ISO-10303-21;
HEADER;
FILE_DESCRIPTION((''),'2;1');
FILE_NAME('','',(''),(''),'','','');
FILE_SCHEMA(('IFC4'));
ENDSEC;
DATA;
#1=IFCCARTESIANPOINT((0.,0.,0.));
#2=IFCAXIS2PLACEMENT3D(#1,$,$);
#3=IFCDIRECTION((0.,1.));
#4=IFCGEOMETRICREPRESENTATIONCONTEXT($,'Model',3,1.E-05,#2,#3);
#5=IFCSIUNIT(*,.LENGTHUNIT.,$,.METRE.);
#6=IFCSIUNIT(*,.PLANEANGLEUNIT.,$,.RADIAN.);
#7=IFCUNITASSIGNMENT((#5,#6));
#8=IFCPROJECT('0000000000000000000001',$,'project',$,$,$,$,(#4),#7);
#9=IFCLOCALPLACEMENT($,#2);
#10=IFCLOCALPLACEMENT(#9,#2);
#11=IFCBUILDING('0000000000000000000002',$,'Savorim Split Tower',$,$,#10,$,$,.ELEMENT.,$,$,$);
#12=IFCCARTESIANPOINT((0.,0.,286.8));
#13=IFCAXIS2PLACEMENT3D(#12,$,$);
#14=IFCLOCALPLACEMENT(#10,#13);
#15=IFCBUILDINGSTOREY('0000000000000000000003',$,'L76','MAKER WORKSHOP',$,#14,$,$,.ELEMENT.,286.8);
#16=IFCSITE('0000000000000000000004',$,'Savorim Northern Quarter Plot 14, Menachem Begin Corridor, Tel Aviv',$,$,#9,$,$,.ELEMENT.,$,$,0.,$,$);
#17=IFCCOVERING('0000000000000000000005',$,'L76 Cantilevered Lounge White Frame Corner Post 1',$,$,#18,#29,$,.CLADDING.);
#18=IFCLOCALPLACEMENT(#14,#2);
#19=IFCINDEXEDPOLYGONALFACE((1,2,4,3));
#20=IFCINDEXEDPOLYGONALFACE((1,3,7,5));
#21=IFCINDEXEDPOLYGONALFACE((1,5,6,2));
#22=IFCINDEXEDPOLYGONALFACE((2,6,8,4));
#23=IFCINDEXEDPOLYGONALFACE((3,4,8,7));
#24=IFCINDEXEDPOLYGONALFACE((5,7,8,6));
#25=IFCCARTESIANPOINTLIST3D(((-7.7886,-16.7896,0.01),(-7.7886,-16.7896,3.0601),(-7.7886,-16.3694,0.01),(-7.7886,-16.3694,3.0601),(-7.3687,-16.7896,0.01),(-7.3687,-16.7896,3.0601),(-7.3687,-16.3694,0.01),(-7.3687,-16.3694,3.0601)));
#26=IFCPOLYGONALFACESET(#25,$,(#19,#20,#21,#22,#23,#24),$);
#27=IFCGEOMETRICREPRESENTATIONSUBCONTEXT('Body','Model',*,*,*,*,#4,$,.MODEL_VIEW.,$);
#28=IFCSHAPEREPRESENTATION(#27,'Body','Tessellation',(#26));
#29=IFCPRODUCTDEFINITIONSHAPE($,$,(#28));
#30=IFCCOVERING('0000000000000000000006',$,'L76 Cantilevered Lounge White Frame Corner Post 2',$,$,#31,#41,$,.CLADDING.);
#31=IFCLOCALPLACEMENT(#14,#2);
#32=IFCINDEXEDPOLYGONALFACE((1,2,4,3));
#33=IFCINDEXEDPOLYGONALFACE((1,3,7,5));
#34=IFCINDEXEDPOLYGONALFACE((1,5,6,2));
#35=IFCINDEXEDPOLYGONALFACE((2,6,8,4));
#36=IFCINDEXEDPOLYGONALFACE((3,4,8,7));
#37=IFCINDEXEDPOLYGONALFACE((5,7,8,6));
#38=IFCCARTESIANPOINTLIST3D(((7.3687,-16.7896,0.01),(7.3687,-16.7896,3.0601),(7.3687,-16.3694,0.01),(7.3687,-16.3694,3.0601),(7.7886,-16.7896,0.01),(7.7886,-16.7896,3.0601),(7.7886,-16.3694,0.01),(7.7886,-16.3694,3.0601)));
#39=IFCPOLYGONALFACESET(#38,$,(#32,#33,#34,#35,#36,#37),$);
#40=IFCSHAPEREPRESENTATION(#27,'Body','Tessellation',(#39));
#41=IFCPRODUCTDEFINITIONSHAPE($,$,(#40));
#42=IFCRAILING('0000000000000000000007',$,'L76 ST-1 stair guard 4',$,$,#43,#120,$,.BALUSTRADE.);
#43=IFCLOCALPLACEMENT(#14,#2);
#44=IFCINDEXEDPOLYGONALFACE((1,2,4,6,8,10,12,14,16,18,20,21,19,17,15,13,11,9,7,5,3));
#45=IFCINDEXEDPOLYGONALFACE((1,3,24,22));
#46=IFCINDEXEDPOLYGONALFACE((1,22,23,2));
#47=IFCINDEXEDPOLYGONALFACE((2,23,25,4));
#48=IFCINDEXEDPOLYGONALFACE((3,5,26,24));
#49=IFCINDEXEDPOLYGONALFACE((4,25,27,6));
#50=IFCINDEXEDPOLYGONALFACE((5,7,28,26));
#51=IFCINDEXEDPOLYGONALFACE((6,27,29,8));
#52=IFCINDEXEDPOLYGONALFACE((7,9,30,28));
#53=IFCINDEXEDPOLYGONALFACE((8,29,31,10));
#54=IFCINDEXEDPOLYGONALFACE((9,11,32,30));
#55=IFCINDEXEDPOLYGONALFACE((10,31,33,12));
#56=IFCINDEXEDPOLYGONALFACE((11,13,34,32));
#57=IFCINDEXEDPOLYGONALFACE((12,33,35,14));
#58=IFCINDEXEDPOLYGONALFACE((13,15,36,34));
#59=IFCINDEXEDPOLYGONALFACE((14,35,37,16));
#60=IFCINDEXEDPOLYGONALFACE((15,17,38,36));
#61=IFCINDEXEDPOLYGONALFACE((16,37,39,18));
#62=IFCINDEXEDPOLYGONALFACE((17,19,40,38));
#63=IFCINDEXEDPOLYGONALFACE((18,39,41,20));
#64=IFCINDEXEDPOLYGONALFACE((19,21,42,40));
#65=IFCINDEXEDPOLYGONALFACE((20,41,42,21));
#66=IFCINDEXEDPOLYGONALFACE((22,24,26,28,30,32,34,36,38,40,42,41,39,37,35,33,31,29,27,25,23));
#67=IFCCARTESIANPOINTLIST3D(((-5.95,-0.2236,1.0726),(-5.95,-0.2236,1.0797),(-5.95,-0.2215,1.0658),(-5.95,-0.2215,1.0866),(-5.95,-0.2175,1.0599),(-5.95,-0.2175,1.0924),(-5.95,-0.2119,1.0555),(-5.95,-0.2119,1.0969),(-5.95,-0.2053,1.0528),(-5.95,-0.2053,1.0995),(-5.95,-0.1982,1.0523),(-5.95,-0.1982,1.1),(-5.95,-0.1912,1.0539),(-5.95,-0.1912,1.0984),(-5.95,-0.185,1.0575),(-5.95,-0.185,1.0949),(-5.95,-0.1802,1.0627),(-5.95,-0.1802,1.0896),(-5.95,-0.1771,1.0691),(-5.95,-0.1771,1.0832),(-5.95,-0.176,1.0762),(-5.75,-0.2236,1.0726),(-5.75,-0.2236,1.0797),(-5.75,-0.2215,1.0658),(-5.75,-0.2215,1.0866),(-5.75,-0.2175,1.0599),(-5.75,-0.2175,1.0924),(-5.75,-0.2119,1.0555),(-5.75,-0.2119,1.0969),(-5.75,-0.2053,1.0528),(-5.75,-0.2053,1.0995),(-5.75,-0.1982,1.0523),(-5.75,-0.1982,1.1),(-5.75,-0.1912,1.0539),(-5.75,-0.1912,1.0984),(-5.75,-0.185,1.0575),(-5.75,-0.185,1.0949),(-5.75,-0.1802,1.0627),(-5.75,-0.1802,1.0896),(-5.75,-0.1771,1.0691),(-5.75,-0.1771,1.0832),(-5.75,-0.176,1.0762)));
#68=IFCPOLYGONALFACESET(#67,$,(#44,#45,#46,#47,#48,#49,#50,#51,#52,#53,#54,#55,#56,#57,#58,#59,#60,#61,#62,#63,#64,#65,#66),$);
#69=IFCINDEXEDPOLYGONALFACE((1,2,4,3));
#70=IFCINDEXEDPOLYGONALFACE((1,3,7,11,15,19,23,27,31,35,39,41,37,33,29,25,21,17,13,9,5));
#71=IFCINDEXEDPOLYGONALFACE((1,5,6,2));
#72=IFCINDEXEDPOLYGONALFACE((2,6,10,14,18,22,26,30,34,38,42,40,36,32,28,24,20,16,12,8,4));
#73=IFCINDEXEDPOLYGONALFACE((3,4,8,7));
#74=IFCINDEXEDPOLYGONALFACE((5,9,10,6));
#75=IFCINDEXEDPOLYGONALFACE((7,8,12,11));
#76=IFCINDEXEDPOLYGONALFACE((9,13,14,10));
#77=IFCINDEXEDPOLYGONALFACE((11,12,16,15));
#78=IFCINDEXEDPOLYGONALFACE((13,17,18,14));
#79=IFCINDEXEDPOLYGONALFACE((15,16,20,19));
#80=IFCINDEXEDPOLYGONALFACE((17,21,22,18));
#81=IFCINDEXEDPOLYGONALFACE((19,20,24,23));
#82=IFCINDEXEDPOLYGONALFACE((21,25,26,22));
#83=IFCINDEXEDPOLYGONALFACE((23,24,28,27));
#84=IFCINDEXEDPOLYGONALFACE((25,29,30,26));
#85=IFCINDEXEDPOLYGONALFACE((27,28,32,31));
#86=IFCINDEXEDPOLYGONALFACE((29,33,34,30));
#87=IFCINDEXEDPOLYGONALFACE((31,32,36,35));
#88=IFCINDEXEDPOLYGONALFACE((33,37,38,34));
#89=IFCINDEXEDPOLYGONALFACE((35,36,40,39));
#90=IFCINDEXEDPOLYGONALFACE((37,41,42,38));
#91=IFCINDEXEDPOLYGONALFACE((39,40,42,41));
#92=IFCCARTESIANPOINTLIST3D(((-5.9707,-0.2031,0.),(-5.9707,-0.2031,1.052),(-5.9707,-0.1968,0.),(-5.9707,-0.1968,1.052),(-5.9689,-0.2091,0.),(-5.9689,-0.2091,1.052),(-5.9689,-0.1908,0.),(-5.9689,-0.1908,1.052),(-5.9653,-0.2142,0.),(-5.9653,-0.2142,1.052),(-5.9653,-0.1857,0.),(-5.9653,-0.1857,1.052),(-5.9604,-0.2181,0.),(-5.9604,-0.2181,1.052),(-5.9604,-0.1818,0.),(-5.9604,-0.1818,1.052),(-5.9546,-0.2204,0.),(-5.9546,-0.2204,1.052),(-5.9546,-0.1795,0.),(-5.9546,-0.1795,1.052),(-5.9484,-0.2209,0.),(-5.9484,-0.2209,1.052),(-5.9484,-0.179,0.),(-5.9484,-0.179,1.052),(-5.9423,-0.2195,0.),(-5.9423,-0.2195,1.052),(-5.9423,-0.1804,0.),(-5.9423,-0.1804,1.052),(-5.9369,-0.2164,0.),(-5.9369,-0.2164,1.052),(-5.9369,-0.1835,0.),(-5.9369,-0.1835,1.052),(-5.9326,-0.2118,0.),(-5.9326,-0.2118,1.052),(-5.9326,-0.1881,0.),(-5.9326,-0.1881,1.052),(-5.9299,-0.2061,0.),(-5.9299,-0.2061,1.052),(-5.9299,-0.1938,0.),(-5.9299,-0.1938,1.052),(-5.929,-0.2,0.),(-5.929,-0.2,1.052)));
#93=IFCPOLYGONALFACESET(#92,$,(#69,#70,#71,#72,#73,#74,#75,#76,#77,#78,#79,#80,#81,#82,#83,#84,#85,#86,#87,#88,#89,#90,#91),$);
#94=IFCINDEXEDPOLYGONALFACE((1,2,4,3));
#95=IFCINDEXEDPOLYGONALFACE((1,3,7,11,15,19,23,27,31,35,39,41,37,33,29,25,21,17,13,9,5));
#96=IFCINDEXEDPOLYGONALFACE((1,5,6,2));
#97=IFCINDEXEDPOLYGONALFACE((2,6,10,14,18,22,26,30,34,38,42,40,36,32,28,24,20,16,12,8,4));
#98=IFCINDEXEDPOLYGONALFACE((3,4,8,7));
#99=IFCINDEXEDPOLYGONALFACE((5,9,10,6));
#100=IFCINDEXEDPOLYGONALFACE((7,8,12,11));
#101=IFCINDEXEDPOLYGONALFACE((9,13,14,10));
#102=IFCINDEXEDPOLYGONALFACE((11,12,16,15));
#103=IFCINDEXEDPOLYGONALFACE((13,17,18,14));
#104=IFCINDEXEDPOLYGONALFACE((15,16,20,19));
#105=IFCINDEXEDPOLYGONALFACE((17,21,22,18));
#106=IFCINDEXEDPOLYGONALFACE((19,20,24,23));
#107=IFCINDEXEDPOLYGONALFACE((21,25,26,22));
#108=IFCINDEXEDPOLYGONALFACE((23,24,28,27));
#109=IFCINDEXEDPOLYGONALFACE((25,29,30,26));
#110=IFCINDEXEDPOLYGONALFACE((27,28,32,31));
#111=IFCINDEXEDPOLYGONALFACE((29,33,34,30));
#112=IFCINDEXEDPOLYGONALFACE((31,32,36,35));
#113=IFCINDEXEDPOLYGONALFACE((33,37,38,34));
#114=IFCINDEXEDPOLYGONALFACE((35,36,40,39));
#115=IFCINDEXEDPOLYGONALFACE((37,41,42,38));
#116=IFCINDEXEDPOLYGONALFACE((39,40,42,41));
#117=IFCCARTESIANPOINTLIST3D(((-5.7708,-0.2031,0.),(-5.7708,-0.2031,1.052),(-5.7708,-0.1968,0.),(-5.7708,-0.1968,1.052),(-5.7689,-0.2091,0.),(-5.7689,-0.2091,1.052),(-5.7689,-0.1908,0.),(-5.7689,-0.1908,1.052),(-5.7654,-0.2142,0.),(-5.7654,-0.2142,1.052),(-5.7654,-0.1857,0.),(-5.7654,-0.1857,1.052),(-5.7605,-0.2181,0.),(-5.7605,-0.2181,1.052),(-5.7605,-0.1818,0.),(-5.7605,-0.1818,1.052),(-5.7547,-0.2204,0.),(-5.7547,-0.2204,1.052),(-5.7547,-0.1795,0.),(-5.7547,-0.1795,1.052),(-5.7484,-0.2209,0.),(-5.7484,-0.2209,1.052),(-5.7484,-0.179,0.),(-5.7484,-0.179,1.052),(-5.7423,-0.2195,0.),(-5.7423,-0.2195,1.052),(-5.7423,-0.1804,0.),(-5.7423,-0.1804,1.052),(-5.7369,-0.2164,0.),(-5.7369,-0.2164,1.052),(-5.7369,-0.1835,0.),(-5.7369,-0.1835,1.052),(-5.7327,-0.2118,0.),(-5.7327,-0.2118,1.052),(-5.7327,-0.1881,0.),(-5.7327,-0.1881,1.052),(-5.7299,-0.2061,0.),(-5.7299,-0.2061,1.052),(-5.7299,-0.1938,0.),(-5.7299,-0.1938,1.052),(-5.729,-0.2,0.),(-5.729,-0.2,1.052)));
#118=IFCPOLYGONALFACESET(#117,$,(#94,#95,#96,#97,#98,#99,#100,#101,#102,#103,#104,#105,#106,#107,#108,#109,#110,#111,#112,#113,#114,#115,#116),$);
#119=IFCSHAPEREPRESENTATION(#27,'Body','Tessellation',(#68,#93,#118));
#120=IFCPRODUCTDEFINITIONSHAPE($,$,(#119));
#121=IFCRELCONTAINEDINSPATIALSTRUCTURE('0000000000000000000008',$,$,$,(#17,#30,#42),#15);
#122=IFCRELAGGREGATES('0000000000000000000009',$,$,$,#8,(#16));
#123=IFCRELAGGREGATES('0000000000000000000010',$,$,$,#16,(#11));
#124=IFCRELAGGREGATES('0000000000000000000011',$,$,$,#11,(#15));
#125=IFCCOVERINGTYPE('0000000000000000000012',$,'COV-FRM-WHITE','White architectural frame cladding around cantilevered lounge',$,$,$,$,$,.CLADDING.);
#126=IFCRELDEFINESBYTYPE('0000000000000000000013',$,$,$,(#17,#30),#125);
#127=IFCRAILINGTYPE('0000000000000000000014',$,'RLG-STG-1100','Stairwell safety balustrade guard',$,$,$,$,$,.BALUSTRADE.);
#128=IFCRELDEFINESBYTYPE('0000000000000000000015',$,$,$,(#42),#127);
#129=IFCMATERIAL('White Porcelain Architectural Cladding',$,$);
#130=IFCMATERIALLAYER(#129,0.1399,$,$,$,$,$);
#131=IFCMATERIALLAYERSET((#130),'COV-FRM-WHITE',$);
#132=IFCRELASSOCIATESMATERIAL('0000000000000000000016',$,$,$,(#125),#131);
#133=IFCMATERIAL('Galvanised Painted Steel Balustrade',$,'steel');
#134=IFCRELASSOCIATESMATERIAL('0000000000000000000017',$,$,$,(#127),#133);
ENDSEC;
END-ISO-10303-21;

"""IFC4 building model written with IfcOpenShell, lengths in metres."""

from ifc_helpers import new_model, si_unit, direction, frame, origin, origin_2d, place, context, subcontext, project, spatial, polyline, circle, outline, extrude, material, layer, layer_set, type_object, element, save


model = new_model("IFC4")

# Units and contexts
model_context = context("Model", 3, precision=1e-05, world=origin(), true_north=direction((0.0, 1.0)))
body_context = subcontext(model_context, "Body", "Model", "MODEL_VIEW")
ifc_project = project(units=[si_unit("LENGTHUNIT", "METRE"), si_unit("PLANEANGLEUNIT", "RADIAN")], contexts=[model_context])

# Site, building, storey
site_placement = place(None, origin())
site = spatial("IfcSite", under=ifc_project, at=site_placement, Name="Savorim Northern Quarter Plot 14, Menachem Begin Corridor, Tel Aviv", CompositionType="ELEMENT", RefElevation=0.0)
building_placement = place(site_placement, origin())
building = spatial("IfcBuilding", under=site, at=building_placement, Name="Savorim Split Tower", CompositionType="ELEMENT")
storey_placement = place(building_placement, frame((0.0, 0.0, 286.8)))
storey = spatial("IfcBuildingStorey", under=building, at=storey_placement, Name="L76", Description="MAKER WORKSHOP", CompositionType="ELEMENT", Elevation=286.8)

# Coverings
ifc_material_1 = material(Name="White Porcelain Architectural Cladding")
ifc_layer_1 = layer(ifc_material_1, 0.1399)
ifc_layer_set_1 = layer_set([ifc_layer_1], Name="COV-FRM-WHITE")
covering_type_1 = type_object("IfcCoveringType", Name="COV-FRM-WHITE", Description="White architectural frame cladding around cantilevered lounge", PredefinedType="CLADDING", material=ifc_layer_set_1)
covering_1_placement = place(storey_placement, frame((0.0, 0.0, 0.01)))
element("IfcCovering", 1, at=covering_1_placement, inside=storey, type_object=covering_type_1, Name="L76 Cantilevered Lounge White Frame Corner Post 1", PredefinedType="CLADDING", context=body_context, shape_type="SweptSolid", body=[
    extrude(outline(polyline([(-7.7886, -16.7896), (-7.3687, -16.7896), (-7.3687, -16.3694), (-7.7886, -16.3694), (-7.7886, -16.7896)])), origin(), (0.0, 0.0, 1.0), 3.05),
])
covering_2_placement = place(storey_placement, frame((0.0, 0.0, 0.01)))
element("IfcCovering", 2, at=covering_2_placement, inside=storey, type_object=covering_type_1, Name="L76 Cantilevered Lounge White Frame Corner Post 2", PredefinedType="CLADDING", context=body_context, shape_type="SweptSolid", body=[
    extrude(outline(polyline([(7.3687, -16.7896), (7.7886, -16.7896), (7.7886, -16.3694), (7.3687, -16.3694), (7.3687, -16.7896)])), origin(), (0.0, 0.0, 1.0), 3.05),
])

# Railing
ifc_material_2 = material(Name="Galvanised Painted Steel Balustrade", Category="steel")
railing_type = type_object("IfcRailingType", Name="RLG-STG-1100", Description="Stairwell safety balustrade guard", PredefinedType="BALUSTRADE", material=ifc_material_2)
railing_placement = place(storey_placement, frame((-5.95, -0.2, 0.0)))
element("IfcRailing", 3, at=railing_placement, inside=storey, type_object=railing_type, Name="L76 ST-1 stair guard 4", PredefinedType="BALUSTRADE", context=body_context, shape_type="SweptSolid", body=[
    extrude(circle(Radius=0.0239, at=origin_2d()), frame((0.0, 0.0, 1.0762), z_axis=(1.0, 0.0, 0.0), x_axis=(0.0, 1.0, 0.0)), (0.0, 0.0, 1.0), 0.2),
    extrude(circle(Radius=0.021, at=origin_2d()), origin(), (0.0, 0.0, 1.0), 1.052),
    extrude(circle(Radius=0.021, at=origin_2d()), frame((0.2, 0.0, 0.0)), (0.0, 0.0, 1.0), 1.052),
])

save(model, "model.ifc")
